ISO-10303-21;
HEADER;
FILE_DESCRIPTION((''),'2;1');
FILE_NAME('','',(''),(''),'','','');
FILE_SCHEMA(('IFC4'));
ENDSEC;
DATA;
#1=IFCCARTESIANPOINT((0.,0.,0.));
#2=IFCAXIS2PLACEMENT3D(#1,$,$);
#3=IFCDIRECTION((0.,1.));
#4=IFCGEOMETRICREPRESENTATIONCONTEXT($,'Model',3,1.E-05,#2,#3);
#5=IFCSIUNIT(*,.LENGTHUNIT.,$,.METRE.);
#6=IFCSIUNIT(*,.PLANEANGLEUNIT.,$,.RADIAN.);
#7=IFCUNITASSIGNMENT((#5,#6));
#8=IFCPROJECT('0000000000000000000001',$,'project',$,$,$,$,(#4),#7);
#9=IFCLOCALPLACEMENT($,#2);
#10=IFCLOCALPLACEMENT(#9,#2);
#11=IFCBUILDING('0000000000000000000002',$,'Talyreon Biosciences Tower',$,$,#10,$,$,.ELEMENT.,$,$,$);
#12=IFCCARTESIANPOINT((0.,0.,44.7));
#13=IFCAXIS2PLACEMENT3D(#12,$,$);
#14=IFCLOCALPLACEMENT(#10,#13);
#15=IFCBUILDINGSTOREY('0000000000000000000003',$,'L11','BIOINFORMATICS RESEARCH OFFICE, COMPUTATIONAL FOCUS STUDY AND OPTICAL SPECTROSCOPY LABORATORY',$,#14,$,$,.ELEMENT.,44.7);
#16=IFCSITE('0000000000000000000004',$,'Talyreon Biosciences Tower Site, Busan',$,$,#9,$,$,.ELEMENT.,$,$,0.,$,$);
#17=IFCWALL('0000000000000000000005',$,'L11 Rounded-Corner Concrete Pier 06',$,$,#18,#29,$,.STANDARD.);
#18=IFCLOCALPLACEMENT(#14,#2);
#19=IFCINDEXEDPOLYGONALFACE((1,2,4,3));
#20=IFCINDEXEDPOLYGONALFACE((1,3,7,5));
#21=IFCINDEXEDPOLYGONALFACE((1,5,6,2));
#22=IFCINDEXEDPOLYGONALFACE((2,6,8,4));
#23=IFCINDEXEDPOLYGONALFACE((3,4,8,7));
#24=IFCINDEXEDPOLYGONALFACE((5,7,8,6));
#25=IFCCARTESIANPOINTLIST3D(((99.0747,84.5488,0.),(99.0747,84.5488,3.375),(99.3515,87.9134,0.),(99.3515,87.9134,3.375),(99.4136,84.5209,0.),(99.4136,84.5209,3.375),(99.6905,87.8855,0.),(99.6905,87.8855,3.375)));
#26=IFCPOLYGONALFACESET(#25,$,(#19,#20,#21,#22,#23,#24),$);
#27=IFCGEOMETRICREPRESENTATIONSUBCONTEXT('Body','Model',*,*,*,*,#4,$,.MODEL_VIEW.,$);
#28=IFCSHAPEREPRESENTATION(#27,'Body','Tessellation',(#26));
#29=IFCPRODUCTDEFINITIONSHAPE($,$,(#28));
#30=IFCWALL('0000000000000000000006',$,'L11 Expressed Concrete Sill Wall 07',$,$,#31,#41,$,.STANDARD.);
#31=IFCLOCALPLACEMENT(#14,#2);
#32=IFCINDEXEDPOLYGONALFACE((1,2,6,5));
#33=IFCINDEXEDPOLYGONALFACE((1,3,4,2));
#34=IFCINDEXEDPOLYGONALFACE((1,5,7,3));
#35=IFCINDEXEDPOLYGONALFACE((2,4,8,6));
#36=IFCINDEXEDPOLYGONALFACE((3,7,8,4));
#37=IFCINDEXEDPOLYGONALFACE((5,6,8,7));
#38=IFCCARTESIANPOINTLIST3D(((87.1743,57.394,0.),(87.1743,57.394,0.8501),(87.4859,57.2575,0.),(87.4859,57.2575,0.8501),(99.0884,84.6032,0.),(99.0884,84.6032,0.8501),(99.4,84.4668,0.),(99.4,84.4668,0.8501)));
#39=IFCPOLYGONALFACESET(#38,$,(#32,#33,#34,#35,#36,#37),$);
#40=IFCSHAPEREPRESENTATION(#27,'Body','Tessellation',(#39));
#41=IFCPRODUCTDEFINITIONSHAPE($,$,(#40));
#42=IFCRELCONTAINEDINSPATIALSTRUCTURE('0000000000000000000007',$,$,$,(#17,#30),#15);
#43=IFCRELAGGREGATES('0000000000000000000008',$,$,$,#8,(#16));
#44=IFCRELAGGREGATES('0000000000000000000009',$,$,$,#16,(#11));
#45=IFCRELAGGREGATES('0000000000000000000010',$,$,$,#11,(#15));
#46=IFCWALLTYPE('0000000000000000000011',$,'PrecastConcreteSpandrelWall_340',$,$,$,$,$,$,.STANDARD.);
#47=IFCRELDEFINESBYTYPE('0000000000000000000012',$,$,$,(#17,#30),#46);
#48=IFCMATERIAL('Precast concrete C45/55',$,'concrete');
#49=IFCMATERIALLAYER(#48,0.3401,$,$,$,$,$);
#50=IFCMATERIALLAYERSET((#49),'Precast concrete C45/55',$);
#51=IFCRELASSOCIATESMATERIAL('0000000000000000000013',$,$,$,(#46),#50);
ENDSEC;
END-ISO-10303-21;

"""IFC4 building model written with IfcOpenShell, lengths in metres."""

from ifc_helpers import new_model, si_unit, direction, frame, frame_2d, origin, place, context, subcontext, project, spatial, rectangle, extrude, material, layer, layer_set, type_object, element, save


model = new_model("IFC4")

# Units and contexts
model_context = context("Model", 3, precision=1e-05, world=origin(), true_north=direction((0.0, 1.0)))
body_context = subcontext(model_context, "Body", "Model", "MODEL_VIEW")
ifc_project = project(units=[si_unit("LENGTHUNIT", "METRE"), si_unit("PLANEANGLEUNIT", "RADIAN")], contexts=[model_context])

# Site, building, storey
site_placement = place(None, origin())
site = spatial("IfcSite", under=ifc_project, at=site_placement, Name="Talyreon Biosciences Tower Site, Busan", CompositionType="ELEMENT", RefElevation=0.0)
building_placement = place(site_placement, origin())
building = spatial("IfcBuilding", under=site, at=building_placement, Name="Talyreon Biosciences Tower", CompositionType="ELEMENT")
storey_placement = place(building_placement, frame((0.0, 0.0, 44.7)))
storey = spatial("IfcBuildingStorey", under=building, at=storey_placement, Name="L11", Description="BIOINFORMATICS RESEARCH OFFICE, COMPUTATIONAL FOCUS STUDY AND OPTICAL SPECTROSCOPY LABORATORY", CompositionType="ELEMENT", Elevation=44.7)

# Shared definitions
ifc_material_1 = material(Name="Precast concrete C45/55", Category="concrete")

# Walls
ifc_layer_1 = layer(ifc_material_1, 0.3401)
ifc_layer_set_1 = layer_set([ifc_layer_1], Name="Precast concrete C45/55")
wall_type_1 = type_object("IfcWallType", Name="PrecastConcreteSpandrelWall_340", PredefinedType="STANDARD", material=ifc_layer_set_1)
wall_1_placement = place(storey_placement, frame((99.521, 87.8994, 0.0), z_axis=(0.0, 0.0, 1.0), x_axis=(-0.08201, -0.996632, 0.0)))
element("IfcWall", 1, at=wall_1_placement, inside=storey, type_object=wall_type_1, Name="L11 Rounded-Corner Concrete Pier 06", PredefinedType="STANDARD", context=body_context, shape_type="SweptSolid", body=[
    extrude(rectangle(XDim=3.376, YDim=0.3401, at=frame_2d((1.688, 0.0))), origin(), (0.0, 0.0, 1.0), 3.375),
])
wall_2_placement = place(storey_placement, frame((99.2441, 84.5349, 0.0), z_axis=(0.0, 0.0, 1.0), x_axis=(-0.401102, -0.916033, 0.0)))
element("IfcWall", 2, at=wall_2_placement, inside=storey, type_object=wall_type_1, Name="L11 Expressed Concrete Sill Wall 07", PredefinedType="STANDARD", context=body_context, shape_type="SweptSolid", body=[
    extrude(rectangle(XDim=29.7034, YDim=0.3401, at=frame_2d((14.8516, 0.0))), origin(), (0.0, 0.0, 1.0), 0.8501),
])

save(model, "model.ifc")
